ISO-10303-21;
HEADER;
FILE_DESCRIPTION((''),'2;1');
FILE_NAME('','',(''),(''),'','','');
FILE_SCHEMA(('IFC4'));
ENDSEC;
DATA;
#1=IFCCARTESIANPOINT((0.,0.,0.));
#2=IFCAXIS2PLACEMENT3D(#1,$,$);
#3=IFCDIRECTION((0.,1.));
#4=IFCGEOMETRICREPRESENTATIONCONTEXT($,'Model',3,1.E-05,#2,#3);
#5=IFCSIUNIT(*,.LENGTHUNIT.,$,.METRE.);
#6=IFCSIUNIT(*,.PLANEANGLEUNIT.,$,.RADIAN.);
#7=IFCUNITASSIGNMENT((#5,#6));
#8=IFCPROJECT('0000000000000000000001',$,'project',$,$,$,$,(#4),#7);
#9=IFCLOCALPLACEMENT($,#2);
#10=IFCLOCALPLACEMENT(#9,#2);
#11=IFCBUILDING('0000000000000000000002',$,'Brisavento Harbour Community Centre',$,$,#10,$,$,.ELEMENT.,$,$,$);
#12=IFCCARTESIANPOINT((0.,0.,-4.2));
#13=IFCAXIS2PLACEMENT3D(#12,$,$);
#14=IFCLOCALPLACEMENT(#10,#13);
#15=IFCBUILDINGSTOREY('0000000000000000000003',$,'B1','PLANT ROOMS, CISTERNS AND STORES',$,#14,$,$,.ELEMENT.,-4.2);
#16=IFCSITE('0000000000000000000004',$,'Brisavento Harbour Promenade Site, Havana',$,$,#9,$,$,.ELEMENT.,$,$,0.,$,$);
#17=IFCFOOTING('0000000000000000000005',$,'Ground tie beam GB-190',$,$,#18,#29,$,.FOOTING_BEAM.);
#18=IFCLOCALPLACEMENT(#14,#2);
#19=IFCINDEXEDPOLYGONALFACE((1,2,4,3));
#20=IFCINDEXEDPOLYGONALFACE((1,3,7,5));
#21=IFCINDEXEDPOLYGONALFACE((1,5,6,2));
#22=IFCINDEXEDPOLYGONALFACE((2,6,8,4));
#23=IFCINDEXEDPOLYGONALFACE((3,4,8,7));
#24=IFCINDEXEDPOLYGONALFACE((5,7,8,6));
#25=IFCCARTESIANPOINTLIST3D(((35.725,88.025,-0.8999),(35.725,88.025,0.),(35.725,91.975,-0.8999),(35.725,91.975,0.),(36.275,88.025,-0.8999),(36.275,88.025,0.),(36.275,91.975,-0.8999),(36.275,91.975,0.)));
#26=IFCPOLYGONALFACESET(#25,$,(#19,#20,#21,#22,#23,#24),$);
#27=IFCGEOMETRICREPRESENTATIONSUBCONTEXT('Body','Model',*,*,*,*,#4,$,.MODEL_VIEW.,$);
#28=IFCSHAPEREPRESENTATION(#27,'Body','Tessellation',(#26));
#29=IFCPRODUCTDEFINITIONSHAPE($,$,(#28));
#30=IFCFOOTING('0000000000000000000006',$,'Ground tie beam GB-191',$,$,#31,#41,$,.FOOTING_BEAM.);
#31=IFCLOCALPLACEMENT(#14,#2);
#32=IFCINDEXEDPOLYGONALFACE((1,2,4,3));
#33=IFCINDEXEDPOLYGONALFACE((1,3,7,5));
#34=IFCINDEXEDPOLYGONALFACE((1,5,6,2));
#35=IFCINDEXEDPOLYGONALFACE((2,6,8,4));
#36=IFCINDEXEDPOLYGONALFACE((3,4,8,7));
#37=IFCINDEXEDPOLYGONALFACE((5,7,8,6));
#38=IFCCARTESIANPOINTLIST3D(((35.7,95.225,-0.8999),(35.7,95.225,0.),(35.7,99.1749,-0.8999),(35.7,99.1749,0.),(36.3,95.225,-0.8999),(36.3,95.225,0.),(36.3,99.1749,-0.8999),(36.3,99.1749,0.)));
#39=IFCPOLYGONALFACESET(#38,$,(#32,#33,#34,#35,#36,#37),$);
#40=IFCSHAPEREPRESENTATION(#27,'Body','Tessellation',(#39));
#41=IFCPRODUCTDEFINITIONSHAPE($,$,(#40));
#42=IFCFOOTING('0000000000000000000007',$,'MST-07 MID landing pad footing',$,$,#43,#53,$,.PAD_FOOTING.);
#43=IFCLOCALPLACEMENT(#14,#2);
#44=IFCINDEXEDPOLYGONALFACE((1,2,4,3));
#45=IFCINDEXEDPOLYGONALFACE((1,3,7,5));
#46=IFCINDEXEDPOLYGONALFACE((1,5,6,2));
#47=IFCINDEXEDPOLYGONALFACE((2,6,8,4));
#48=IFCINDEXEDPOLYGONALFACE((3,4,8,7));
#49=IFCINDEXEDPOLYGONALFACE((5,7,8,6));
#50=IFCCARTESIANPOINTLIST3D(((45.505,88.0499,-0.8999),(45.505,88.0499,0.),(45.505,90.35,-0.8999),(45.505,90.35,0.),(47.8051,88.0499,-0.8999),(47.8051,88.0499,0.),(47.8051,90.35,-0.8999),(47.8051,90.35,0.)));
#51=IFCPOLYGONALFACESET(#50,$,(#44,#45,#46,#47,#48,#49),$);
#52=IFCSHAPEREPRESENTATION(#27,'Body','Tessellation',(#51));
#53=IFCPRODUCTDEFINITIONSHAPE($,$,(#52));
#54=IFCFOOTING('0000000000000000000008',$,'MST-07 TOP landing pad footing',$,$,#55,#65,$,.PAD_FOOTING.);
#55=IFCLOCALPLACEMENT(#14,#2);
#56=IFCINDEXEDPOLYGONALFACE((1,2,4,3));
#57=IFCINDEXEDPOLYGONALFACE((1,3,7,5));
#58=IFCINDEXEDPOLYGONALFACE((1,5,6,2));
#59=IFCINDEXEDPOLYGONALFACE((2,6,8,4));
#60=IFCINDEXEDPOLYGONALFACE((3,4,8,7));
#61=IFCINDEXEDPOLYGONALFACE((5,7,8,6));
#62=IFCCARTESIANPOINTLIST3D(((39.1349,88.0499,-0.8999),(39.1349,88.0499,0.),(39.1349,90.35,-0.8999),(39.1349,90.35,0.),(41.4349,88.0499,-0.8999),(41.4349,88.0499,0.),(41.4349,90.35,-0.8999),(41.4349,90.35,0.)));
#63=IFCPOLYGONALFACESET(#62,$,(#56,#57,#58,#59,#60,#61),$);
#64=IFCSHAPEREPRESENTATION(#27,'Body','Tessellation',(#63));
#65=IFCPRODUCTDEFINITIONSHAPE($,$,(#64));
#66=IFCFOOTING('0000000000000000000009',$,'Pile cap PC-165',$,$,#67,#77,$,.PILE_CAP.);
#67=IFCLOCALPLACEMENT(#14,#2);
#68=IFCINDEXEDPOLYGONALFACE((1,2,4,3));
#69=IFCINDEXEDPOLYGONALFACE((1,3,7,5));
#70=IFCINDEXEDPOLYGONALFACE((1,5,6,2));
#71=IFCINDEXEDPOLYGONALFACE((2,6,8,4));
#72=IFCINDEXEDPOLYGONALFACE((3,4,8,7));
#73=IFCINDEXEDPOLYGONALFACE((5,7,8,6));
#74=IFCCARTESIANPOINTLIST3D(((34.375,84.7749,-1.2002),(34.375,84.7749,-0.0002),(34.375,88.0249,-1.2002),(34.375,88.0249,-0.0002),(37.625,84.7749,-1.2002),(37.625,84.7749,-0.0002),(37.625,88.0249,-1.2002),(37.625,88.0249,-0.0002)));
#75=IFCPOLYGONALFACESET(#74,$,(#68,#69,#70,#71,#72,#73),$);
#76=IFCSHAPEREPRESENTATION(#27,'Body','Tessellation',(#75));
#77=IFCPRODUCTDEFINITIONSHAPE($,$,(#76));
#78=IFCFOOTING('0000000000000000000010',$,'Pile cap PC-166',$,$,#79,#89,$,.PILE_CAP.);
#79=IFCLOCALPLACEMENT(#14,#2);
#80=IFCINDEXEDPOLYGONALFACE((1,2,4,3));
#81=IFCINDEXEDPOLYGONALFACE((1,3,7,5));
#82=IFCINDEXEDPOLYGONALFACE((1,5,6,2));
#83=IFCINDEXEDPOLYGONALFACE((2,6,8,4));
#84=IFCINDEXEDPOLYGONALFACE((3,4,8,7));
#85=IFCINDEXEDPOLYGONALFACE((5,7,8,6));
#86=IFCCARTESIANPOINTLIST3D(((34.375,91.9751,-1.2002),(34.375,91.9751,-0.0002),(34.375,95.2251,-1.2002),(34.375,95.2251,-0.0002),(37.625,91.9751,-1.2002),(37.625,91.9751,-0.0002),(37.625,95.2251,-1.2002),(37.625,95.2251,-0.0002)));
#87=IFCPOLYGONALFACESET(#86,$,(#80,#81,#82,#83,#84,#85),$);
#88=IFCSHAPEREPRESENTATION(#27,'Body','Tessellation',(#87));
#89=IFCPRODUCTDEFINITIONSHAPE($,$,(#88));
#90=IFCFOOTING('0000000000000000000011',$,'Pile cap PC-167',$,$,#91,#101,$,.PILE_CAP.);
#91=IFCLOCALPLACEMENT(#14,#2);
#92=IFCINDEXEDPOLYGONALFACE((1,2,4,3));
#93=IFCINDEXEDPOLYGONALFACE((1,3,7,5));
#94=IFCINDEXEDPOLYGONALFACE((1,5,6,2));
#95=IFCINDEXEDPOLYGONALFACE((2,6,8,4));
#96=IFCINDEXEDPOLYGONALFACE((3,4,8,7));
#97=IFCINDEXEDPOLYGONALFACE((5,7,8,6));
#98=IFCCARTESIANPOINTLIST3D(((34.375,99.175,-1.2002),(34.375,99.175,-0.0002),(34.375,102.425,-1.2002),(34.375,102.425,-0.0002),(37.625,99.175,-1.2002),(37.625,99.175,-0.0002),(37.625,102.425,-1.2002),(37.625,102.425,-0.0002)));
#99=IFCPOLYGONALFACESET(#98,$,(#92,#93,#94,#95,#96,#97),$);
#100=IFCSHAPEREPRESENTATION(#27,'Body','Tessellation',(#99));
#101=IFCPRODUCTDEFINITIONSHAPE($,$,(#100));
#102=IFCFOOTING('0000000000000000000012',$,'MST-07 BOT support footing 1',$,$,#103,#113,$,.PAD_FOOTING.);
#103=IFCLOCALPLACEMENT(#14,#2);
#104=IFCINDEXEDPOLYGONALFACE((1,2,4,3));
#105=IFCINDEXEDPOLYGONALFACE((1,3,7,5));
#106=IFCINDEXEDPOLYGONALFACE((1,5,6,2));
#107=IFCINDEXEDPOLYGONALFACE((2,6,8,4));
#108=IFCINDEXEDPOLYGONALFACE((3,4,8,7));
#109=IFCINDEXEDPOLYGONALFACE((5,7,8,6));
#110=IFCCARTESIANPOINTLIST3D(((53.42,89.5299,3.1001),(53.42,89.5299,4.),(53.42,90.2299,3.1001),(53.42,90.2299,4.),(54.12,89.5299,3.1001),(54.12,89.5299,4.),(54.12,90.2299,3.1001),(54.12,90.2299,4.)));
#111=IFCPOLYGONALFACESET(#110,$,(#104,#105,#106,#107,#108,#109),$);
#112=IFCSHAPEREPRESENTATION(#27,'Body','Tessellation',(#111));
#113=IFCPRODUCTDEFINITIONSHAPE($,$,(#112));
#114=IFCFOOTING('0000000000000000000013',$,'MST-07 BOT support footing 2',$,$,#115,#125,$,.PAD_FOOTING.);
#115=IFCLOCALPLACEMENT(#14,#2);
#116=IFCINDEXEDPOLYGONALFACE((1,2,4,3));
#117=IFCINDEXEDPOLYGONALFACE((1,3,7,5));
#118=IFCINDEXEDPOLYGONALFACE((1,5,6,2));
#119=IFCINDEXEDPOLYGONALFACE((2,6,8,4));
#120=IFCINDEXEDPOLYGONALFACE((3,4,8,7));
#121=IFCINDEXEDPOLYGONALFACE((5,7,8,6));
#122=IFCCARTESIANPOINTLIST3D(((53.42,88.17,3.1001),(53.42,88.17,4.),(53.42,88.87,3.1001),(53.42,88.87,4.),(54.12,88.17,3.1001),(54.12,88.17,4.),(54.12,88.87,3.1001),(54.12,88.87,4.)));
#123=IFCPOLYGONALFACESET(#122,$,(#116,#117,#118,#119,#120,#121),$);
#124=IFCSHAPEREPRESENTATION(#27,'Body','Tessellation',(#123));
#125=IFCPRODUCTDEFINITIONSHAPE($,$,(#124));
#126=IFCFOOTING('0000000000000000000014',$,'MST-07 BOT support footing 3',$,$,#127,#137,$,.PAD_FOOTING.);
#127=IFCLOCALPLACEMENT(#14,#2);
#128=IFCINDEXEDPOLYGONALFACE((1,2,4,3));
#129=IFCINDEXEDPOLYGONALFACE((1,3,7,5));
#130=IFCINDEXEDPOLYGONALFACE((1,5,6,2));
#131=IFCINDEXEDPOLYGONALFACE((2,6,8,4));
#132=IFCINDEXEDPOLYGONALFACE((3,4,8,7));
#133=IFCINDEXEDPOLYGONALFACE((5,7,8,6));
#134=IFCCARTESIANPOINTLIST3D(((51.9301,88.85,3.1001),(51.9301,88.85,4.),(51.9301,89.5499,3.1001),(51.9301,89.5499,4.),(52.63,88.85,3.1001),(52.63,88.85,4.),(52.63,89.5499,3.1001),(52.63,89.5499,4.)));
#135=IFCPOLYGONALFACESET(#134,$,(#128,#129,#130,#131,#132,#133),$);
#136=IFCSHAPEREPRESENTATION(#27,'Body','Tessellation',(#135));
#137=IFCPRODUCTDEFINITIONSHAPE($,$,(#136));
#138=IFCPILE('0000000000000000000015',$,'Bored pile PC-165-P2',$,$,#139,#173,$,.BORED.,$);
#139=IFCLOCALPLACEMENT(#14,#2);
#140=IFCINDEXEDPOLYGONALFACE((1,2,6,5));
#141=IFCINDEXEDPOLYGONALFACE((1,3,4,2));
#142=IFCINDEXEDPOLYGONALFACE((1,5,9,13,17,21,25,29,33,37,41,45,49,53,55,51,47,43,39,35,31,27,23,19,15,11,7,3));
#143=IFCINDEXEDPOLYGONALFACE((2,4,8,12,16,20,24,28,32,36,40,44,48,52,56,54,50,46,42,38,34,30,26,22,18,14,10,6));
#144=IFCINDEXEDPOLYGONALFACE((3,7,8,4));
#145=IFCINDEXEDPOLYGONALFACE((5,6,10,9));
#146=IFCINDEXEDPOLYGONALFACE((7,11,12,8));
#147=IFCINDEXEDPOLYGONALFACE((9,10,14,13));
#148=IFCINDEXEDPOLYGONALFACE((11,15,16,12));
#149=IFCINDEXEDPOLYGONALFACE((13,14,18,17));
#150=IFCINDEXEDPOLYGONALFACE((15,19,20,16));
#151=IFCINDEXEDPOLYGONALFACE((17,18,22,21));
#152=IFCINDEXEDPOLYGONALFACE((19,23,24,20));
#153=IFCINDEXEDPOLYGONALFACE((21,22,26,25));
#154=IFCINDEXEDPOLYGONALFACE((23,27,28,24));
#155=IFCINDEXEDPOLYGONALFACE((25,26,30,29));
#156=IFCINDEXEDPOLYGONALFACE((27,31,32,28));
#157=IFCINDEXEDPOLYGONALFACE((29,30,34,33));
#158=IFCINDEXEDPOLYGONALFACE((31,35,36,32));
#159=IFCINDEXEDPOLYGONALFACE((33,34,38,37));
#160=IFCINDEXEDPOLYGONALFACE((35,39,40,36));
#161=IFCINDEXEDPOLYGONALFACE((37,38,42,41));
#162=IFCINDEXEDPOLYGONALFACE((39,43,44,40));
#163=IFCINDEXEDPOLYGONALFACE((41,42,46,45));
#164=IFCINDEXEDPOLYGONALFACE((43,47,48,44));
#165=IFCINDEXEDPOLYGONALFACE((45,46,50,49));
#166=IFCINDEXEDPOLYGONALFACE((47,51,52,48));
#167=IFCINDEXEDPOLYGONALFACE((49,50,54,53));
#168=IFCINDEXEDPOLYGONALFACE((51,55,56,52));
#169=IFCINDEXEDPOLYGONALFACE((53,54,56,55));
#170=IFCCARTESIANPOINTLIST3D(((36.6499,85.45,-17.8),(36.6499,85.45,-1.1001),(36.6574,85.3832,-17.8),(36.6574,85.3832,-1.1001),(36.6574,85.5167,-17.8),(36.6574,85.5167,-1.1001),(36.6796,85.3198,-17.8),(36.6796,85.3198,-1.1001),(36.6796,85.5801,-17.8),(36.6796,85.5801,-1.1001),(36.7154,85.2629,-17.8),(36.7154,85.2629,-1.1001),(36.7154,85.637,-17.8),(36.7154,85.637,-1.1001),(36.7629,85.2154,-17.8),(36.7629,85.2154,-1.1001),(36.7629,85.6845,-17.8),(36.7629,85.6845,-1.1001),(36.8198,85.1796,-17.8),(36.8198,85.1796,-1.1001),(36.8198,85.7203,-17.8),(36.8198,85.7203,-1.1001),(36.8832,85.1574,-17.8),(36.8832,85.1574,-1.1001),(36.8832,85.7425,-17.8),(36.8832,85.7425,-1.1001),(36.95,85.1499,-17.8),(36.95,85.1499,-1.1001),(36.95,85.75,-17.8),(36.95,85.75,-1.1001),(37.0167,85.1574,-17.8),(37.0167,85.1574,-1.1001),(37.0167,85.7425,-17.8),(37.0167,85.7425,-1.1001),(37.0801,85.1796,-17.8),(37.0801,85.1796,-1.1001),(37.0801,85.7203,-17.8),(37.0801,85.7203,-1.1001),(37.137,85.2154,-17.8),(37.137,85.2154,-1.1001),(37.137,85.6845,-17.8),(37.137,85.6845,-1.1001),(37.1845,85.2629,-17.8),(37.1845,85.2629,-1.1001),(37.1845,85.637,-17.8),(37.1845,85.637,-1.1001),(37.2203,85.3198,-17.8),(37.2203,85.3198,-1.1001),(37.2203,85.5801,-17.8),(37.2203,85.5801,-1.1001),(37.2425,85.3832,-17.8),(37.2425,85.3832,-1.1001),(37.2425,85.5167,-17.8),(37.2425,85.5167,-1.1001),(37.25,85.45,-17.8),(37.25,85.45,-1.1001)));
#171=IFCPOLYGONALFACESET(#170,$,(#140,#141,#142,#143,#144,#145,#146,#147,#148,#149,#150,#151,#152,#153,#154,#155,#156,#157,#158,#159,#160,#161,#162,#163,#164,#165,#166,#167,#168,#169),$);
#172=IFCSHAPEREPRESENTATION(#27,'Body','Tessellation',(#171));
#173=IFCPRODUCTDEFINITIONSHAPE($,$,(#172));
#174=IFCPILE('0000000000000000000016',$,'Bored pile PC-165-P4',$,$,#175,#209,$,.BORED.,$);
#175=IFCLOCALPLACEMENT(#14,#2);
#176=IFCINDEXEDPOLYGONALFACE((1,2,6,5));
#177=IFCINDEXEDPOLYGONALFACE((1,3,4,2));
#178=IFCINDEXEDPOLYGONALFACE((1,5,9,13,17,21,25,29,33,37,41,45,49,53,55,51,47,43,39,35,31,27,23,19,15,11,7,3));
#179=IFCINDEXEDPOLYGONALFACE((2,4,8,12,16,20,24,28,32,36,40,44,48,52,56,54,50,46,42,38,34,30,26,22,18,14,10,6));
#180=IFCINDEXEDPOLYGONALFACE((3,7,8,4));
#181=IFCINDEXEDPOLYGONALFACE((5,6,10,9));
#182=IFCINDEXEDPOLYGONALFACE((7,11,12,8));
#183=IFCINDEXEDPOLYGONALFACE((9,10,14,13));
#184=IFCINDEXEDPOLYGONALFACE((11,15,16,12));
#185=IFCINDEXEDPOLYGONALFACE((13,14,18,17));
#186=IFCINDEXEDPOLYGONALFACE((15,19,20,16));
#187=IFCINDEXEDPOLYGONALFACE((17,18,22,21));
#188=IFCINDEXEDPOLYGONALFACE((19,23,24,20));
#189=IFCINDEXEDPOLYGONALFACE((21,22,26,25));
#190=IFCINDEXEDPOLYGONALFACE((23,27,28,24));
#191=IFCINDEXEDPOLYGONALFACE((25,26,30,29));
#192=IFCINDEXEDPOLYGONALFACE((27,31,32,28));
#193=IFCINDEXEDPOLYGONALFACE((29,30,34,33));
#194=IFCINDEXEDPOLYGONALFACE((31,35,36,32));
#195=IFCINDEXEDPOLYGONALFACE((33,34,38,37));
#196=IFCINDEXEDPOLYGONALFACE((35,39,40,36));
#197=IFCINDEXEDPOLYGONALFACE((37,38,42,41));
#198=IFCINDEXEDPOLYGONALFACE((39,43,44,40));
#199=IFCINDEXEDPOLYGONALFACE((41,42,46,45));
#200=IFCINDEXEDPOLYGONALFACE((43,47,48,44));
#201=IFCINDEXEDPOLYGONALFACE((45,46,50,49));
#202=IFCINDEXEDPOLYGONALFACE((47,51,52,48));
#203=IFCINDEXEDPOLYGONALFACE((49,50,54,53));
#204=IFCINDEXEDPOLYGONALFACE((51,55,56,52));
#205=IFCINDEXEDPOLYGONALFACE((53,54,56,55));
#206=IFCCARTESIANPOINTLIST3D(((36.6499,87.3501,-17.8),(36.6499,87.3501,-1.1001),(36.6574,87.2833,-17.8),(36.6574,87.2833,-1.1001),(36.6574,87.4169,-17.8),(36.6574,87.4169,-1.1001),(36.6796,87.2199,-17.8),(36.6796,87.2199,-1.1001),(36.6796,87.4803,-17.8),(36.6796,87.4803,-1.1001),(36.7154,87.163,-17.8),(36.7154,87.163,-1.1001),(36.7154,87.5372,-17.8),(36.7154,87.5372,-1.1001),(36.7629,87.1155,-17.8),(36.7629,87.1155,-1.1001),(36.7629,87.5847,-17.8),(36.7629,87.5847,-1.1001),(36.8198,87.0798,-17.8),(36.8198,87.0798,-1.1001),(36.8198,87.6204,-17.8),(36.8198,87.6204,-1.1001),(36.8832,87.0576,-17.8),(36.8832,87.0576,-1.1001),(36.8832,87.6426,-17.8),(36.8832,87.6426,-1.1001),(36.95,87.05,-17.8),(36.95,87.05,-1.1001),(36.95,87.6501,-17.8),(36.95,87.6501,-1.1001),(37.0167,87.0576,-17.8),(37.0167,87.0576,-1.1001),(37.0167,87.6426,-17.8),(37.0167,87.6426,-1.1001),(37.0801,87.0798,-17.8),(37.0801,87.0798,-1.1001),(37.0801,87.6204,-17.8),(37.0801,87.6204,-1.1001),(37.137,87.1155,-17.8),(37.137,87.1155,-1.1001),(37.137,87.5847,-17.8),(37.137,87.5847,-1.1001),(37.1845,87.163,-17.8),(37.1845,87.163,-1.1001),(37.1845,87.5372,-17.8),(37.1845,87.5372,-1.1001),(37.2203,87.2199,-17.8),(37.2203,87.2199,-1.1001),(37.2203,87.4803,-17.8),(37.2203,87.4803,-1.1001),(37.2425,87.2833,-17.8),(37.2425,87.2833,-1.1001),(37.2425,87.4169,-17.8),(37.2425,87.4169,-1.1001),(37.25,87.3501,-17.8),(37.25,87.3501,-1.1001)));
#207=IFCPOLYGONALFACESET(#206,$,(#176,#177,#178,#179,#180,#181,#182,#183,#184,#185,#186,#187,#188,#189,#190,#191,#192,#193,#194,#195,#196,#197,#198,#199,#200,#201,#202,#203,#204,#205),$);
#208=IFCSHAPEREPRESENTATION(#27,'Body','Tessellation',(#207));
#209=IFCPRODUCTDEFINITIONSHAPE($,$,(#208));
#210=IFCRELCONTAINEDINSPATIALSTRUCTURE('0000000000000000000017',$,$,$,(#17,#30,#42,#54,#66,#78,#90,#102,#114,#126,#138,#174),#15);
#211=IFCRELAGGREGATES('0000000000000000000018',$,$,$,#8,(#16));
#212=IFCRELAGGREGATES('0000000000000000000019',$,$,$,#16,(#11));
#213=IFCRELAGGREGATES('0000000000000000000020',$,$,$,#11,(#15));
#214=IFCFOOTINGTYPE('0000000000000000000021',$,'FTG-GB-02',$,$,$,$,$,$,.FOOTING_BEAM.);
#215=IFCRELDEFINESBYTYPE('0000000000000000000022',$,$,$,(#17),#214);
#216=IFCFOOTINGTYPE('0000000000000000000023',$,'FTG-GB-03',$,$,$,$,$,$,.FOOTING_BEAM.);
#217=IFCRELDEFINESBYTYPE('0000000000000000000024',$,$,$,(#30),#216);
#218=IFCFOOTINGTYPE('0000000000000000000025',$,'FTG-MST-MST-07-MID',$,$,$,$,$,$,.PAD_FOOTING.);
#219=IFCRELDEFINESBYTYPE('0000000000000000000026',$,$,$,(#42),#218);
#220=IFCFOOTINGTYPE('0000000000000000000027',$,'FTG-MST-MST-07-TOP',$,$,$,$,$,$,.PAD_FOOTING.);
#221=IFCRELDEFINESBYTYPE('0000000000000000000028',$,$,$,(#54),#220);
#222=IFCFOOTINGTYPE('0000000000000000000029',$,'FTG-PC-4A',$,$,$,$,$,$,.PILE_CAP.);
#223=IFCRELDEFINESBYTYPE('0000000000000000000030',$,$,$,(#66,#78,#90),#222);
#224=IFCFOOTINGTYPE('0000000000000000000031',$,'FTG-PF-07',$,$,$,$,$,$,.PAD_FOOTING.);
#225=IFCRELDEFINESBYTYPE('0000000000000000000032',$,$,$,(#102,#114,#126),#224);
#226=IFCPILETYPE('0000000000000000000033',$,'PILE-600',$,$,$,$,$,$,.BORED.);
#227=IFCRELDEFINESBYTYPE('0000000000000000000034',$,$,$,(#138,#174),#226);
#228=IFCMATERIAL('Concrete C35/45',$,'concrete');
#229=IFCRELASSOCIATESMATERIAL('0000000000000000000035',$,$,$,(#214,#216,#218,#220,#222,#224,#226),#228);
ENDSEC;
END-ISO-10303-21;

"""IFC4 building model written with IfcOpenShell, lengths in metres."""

from ifc_helpers import new_model, si_unit, direction, frame, origin, origin_2d, place, context, subcontext, project, spatial, rectangle, circle, extrude, material, material_profile, profile_set, type_object, element, save


model = new_model("IFC4")

# Units and contexts
model_context = context("Model", 3, precision=1e-05, world=origin(), true_north=direction((0.0, 1.0)))
body_context = subcontext(model_context, "Body", "Model", "MODEL_VIEW")
ifc_project = project(units=[si_unit("LENGTHUNIT", "METRE"), si_unit("PLANEANGLEUNIT", "RADIAN")], contexts=[model_context])

# Site, building, storey
site_placement = place(None, origin())
site = spatial("IfcSite", under=ifc_project, at=site_placement, Name="Brisavento Harbour Promenade Site, Havana", CompositionType="ELEMENT", RefElevation=0.0)
building_placement = place(site_placement, origin())
building = spatial("IfcBuilding", under=site, at=building_placement, Name="Brisavento Harbour Community Centre", CompositionType="ELEMENT")
storey_placement = place(building_placement, frame((0.0, 0.0, -4.2)))
storey = spatial("IfcBuildingStorey", under=building, at=storey_placement, Name="B1", Description="PLANT ROOMS, CISTERNS AND STORES", CompositionType="ELEMENT", Elevation=-4.2)

# Footings
ifc_material = material(Name="Concrete C35/45", Category="concrete")
footing_type_1 = type_object("IfcFootingType", Name="FTG-GB-02", PredefinedType="FOOTING_BEAM", material=ifc_material)
footing_1_placement = place(storey_placement, frame((36.0, 90.0, -0.8999), z_axis=(0.0, 0.0, 1.0), x_axis=(1.0, 0.0, 0.0)))
element("IfcFooting", 1, at=footing_1_placement, inside=storey, type_object=footing_type_1, Name="Ground tie beam GB-190", PredefinedType="FOOTING_BEAM", context=body_context, shape_type="SweptSolid", body=[
    extrude(rectangle(XDim=0.55, YDim=3.95, at=origin_2d()), origin(), (0.0, 0.0, 1.0), 0.8999),
])
footing_type_2 = type_object("IfcFootingType", Name="FTG-GB-03", PredefinedType="FOOTING_BEAM", material=ifc_material)
footing_2_placement = place(storey_placement, frame((36.0, 97.2, -0.8999), z_axis=(0.0, 0.0, 1.0), x_axis=(1.0, 0.0, 0.0)))
element("IfcFooting", 2, at=footing_2_placement, inside=storey, type_object=footing_type_2, Name="Ground tie beam GB-191", PredefinedType="FOOTING_BEAM", context=body_context, shape_type="SweptSolid", body=[
    extrude(rectangle(XDim=0.6001, YDim=3.95, at=origin_2d()), origin(), (0.0, 0.0, 1.0), 0.8999),
])
footing_type_3 = type_object("IfcFootingType", Name="FTG-MST-MST-07-MID", PredefinedType="PAD_FOOTING", material=ifc_material)
footing_3_placement = place(storey_placement, frame((46.655, 89.2, -0.8999), z_axis=(0.0, 0.0, 1.0), x_axis=(1.0, 0.0, 0.0)))
element("IfcFooting", 3, at=footing_3_placement, inside=storey, type_object=footing_type_3, Name="MST-07 MID landing pad footing", PredefinedType="PAD_FOOTING", context=body_context, shape_type="SweptSolid", body=[
    extrude(rectangle(XDim=2.3, YDim=2.3, at=origin_2d()), origin(), (0.0, 0.0, 1.0), 0.8999),
])
footing_type_4 = type_object("IfcFootingType", Name="FTG-MST-MST-07-TOP", PredefinedType="PAD_FOOTING", material=ifc_material)
footing_4_placement = place(storey_placement, frame((40.2849, 89.2, -0.8999), z_axis=(0.0, 0.0, 1.0), x_axis=(1.0, 0.0, 0.0)))
element("IfcFooting", 4, at=footing_4_placement, inside=storey, type_object=footing_type_4, Name="MST-07 TOP landing pad footing", PredefinedType="PAD_FOOTING", context=body_context, shape_type="SweptSolid", body=[
    extrude(rectangle(XDim=2.3, YDim=2.3, at=origin_2d()), origin(), (0.0, 0.0, 1.0), 0.8999),
])
footing_type_5 = type_object("IfcFootingType", Name="FTG-PC-4A", PredefinedType="PILE_CAP", material=ifc_material)
for number, where, z_axis, x_axis, name in (
    (5, (36.0, 86.3999, -1.2002), (0.0, 0.0, 1.0), (1.0, 0.0, 0.0), "Pile cap PC-165"),
    (6, (36.0, 93.6001, -1.2002), (0.0, 0.0, 1.0), (1.0, 0.0, 0.0), "Pile cap PC-166"),
    (7, (36.0, 100.8, -1.2002), (0.0, 0.0, 1.0), (1.0, 0.0, 0.0), "Pile cap PC-167"),
):
    element("IfcFooting", number, at=place(storey_placement, frame(where, z_axis=z_axis, x_axis=x_axis)), inside=storey, type_object=footing_type_5, Name=name, PredefinedType="PILE_CAP", context=body_context, shape_type="SweptSolid", body=[
        extrude(rectangle(XDim=3.25, YDim=3.25, at=origin_2d()), origin(), (0.0, 0.0, 1.0), 1.2),
    ])
footing_type_6 = type_object("IfcFootingType", Name="FTG-PF-07", PredefinedType="PAD_FOOTING", material=ifc_material)
for number, where, z_axis, x_axis, name in (
    (8, (53.77, 89.8799, 3.1001), (0.0, 0.0, 1.0), (1.0, 0.0, 0.0), "MST-07 BOT support footing 1"),
    (9, (53.77, 88.52, 3.1001), (0.0, 0.0, 1.0), (1.0, 0.0, 0.0), "MST-07 BOT support footing 2"),
    (10, (52.28, 89.2, 3.1001), (0.0, 0.0, 1.0), (1.0, 0.0, 0.0), "MST-07 BOT support footing 3"),
):
    element("IfcFooting", number, at=place(storey_placement, frame(where, z_axis=z_axis, x_axis=x_axis)), inside=storey, type_object=footing_type_6, Name=name, PredefinedType="PAD_FOOTING", context=body_context, shape_type="SweptSolid", body=[
        extrude(rectangle(XDim=0.7, YDim=0.7, at=origin_2d()), origin(), (0.0, 0.0, 1.0), 0.8999),
    ])

# Piles
ifc_material_profile_1 = material_profile(ifc_material, circle(Radius=0.3, at=origin_2d()), Name="Concrete C35/45")
ifc_profile_set_1 = profile_set([ifc_material_profile_1], Name="Concrete C35/45")
pile_type = type_object("IfcPileType", Name="PILE-600", PredefinedType="BORED", material=ifc_profile_set_1)
for number, where, z_axis, x_axis, name in (
    (11, (36.95, 85.45, -1.1001), (0.0, 0.0, -1.0), (1.0, 0.0, 0.0), "Bored pile PC-165-P2"),
    (12, (36.95, 87.3501, -1.1001), (0.0, 0.0, -1.0), (1.0, 0.0, 0.0), "Bored pile PC-165-P4"),
):
    element("IfcPile", number, at=place(storey_placement, frame(where, z_axis=z_axis, x_axis=x_axis)), inside=storey, type_object=pile_type, Name=name, PredefinedType="BORED", context=body_context, shape_type="SweptSolid", body=[
        extrude(circle(Radius=0.3, at=origin_2d()), origin(), (0.0, 0.0, 1.0), 16.7),
    ])

save(model, "model.ifc")
